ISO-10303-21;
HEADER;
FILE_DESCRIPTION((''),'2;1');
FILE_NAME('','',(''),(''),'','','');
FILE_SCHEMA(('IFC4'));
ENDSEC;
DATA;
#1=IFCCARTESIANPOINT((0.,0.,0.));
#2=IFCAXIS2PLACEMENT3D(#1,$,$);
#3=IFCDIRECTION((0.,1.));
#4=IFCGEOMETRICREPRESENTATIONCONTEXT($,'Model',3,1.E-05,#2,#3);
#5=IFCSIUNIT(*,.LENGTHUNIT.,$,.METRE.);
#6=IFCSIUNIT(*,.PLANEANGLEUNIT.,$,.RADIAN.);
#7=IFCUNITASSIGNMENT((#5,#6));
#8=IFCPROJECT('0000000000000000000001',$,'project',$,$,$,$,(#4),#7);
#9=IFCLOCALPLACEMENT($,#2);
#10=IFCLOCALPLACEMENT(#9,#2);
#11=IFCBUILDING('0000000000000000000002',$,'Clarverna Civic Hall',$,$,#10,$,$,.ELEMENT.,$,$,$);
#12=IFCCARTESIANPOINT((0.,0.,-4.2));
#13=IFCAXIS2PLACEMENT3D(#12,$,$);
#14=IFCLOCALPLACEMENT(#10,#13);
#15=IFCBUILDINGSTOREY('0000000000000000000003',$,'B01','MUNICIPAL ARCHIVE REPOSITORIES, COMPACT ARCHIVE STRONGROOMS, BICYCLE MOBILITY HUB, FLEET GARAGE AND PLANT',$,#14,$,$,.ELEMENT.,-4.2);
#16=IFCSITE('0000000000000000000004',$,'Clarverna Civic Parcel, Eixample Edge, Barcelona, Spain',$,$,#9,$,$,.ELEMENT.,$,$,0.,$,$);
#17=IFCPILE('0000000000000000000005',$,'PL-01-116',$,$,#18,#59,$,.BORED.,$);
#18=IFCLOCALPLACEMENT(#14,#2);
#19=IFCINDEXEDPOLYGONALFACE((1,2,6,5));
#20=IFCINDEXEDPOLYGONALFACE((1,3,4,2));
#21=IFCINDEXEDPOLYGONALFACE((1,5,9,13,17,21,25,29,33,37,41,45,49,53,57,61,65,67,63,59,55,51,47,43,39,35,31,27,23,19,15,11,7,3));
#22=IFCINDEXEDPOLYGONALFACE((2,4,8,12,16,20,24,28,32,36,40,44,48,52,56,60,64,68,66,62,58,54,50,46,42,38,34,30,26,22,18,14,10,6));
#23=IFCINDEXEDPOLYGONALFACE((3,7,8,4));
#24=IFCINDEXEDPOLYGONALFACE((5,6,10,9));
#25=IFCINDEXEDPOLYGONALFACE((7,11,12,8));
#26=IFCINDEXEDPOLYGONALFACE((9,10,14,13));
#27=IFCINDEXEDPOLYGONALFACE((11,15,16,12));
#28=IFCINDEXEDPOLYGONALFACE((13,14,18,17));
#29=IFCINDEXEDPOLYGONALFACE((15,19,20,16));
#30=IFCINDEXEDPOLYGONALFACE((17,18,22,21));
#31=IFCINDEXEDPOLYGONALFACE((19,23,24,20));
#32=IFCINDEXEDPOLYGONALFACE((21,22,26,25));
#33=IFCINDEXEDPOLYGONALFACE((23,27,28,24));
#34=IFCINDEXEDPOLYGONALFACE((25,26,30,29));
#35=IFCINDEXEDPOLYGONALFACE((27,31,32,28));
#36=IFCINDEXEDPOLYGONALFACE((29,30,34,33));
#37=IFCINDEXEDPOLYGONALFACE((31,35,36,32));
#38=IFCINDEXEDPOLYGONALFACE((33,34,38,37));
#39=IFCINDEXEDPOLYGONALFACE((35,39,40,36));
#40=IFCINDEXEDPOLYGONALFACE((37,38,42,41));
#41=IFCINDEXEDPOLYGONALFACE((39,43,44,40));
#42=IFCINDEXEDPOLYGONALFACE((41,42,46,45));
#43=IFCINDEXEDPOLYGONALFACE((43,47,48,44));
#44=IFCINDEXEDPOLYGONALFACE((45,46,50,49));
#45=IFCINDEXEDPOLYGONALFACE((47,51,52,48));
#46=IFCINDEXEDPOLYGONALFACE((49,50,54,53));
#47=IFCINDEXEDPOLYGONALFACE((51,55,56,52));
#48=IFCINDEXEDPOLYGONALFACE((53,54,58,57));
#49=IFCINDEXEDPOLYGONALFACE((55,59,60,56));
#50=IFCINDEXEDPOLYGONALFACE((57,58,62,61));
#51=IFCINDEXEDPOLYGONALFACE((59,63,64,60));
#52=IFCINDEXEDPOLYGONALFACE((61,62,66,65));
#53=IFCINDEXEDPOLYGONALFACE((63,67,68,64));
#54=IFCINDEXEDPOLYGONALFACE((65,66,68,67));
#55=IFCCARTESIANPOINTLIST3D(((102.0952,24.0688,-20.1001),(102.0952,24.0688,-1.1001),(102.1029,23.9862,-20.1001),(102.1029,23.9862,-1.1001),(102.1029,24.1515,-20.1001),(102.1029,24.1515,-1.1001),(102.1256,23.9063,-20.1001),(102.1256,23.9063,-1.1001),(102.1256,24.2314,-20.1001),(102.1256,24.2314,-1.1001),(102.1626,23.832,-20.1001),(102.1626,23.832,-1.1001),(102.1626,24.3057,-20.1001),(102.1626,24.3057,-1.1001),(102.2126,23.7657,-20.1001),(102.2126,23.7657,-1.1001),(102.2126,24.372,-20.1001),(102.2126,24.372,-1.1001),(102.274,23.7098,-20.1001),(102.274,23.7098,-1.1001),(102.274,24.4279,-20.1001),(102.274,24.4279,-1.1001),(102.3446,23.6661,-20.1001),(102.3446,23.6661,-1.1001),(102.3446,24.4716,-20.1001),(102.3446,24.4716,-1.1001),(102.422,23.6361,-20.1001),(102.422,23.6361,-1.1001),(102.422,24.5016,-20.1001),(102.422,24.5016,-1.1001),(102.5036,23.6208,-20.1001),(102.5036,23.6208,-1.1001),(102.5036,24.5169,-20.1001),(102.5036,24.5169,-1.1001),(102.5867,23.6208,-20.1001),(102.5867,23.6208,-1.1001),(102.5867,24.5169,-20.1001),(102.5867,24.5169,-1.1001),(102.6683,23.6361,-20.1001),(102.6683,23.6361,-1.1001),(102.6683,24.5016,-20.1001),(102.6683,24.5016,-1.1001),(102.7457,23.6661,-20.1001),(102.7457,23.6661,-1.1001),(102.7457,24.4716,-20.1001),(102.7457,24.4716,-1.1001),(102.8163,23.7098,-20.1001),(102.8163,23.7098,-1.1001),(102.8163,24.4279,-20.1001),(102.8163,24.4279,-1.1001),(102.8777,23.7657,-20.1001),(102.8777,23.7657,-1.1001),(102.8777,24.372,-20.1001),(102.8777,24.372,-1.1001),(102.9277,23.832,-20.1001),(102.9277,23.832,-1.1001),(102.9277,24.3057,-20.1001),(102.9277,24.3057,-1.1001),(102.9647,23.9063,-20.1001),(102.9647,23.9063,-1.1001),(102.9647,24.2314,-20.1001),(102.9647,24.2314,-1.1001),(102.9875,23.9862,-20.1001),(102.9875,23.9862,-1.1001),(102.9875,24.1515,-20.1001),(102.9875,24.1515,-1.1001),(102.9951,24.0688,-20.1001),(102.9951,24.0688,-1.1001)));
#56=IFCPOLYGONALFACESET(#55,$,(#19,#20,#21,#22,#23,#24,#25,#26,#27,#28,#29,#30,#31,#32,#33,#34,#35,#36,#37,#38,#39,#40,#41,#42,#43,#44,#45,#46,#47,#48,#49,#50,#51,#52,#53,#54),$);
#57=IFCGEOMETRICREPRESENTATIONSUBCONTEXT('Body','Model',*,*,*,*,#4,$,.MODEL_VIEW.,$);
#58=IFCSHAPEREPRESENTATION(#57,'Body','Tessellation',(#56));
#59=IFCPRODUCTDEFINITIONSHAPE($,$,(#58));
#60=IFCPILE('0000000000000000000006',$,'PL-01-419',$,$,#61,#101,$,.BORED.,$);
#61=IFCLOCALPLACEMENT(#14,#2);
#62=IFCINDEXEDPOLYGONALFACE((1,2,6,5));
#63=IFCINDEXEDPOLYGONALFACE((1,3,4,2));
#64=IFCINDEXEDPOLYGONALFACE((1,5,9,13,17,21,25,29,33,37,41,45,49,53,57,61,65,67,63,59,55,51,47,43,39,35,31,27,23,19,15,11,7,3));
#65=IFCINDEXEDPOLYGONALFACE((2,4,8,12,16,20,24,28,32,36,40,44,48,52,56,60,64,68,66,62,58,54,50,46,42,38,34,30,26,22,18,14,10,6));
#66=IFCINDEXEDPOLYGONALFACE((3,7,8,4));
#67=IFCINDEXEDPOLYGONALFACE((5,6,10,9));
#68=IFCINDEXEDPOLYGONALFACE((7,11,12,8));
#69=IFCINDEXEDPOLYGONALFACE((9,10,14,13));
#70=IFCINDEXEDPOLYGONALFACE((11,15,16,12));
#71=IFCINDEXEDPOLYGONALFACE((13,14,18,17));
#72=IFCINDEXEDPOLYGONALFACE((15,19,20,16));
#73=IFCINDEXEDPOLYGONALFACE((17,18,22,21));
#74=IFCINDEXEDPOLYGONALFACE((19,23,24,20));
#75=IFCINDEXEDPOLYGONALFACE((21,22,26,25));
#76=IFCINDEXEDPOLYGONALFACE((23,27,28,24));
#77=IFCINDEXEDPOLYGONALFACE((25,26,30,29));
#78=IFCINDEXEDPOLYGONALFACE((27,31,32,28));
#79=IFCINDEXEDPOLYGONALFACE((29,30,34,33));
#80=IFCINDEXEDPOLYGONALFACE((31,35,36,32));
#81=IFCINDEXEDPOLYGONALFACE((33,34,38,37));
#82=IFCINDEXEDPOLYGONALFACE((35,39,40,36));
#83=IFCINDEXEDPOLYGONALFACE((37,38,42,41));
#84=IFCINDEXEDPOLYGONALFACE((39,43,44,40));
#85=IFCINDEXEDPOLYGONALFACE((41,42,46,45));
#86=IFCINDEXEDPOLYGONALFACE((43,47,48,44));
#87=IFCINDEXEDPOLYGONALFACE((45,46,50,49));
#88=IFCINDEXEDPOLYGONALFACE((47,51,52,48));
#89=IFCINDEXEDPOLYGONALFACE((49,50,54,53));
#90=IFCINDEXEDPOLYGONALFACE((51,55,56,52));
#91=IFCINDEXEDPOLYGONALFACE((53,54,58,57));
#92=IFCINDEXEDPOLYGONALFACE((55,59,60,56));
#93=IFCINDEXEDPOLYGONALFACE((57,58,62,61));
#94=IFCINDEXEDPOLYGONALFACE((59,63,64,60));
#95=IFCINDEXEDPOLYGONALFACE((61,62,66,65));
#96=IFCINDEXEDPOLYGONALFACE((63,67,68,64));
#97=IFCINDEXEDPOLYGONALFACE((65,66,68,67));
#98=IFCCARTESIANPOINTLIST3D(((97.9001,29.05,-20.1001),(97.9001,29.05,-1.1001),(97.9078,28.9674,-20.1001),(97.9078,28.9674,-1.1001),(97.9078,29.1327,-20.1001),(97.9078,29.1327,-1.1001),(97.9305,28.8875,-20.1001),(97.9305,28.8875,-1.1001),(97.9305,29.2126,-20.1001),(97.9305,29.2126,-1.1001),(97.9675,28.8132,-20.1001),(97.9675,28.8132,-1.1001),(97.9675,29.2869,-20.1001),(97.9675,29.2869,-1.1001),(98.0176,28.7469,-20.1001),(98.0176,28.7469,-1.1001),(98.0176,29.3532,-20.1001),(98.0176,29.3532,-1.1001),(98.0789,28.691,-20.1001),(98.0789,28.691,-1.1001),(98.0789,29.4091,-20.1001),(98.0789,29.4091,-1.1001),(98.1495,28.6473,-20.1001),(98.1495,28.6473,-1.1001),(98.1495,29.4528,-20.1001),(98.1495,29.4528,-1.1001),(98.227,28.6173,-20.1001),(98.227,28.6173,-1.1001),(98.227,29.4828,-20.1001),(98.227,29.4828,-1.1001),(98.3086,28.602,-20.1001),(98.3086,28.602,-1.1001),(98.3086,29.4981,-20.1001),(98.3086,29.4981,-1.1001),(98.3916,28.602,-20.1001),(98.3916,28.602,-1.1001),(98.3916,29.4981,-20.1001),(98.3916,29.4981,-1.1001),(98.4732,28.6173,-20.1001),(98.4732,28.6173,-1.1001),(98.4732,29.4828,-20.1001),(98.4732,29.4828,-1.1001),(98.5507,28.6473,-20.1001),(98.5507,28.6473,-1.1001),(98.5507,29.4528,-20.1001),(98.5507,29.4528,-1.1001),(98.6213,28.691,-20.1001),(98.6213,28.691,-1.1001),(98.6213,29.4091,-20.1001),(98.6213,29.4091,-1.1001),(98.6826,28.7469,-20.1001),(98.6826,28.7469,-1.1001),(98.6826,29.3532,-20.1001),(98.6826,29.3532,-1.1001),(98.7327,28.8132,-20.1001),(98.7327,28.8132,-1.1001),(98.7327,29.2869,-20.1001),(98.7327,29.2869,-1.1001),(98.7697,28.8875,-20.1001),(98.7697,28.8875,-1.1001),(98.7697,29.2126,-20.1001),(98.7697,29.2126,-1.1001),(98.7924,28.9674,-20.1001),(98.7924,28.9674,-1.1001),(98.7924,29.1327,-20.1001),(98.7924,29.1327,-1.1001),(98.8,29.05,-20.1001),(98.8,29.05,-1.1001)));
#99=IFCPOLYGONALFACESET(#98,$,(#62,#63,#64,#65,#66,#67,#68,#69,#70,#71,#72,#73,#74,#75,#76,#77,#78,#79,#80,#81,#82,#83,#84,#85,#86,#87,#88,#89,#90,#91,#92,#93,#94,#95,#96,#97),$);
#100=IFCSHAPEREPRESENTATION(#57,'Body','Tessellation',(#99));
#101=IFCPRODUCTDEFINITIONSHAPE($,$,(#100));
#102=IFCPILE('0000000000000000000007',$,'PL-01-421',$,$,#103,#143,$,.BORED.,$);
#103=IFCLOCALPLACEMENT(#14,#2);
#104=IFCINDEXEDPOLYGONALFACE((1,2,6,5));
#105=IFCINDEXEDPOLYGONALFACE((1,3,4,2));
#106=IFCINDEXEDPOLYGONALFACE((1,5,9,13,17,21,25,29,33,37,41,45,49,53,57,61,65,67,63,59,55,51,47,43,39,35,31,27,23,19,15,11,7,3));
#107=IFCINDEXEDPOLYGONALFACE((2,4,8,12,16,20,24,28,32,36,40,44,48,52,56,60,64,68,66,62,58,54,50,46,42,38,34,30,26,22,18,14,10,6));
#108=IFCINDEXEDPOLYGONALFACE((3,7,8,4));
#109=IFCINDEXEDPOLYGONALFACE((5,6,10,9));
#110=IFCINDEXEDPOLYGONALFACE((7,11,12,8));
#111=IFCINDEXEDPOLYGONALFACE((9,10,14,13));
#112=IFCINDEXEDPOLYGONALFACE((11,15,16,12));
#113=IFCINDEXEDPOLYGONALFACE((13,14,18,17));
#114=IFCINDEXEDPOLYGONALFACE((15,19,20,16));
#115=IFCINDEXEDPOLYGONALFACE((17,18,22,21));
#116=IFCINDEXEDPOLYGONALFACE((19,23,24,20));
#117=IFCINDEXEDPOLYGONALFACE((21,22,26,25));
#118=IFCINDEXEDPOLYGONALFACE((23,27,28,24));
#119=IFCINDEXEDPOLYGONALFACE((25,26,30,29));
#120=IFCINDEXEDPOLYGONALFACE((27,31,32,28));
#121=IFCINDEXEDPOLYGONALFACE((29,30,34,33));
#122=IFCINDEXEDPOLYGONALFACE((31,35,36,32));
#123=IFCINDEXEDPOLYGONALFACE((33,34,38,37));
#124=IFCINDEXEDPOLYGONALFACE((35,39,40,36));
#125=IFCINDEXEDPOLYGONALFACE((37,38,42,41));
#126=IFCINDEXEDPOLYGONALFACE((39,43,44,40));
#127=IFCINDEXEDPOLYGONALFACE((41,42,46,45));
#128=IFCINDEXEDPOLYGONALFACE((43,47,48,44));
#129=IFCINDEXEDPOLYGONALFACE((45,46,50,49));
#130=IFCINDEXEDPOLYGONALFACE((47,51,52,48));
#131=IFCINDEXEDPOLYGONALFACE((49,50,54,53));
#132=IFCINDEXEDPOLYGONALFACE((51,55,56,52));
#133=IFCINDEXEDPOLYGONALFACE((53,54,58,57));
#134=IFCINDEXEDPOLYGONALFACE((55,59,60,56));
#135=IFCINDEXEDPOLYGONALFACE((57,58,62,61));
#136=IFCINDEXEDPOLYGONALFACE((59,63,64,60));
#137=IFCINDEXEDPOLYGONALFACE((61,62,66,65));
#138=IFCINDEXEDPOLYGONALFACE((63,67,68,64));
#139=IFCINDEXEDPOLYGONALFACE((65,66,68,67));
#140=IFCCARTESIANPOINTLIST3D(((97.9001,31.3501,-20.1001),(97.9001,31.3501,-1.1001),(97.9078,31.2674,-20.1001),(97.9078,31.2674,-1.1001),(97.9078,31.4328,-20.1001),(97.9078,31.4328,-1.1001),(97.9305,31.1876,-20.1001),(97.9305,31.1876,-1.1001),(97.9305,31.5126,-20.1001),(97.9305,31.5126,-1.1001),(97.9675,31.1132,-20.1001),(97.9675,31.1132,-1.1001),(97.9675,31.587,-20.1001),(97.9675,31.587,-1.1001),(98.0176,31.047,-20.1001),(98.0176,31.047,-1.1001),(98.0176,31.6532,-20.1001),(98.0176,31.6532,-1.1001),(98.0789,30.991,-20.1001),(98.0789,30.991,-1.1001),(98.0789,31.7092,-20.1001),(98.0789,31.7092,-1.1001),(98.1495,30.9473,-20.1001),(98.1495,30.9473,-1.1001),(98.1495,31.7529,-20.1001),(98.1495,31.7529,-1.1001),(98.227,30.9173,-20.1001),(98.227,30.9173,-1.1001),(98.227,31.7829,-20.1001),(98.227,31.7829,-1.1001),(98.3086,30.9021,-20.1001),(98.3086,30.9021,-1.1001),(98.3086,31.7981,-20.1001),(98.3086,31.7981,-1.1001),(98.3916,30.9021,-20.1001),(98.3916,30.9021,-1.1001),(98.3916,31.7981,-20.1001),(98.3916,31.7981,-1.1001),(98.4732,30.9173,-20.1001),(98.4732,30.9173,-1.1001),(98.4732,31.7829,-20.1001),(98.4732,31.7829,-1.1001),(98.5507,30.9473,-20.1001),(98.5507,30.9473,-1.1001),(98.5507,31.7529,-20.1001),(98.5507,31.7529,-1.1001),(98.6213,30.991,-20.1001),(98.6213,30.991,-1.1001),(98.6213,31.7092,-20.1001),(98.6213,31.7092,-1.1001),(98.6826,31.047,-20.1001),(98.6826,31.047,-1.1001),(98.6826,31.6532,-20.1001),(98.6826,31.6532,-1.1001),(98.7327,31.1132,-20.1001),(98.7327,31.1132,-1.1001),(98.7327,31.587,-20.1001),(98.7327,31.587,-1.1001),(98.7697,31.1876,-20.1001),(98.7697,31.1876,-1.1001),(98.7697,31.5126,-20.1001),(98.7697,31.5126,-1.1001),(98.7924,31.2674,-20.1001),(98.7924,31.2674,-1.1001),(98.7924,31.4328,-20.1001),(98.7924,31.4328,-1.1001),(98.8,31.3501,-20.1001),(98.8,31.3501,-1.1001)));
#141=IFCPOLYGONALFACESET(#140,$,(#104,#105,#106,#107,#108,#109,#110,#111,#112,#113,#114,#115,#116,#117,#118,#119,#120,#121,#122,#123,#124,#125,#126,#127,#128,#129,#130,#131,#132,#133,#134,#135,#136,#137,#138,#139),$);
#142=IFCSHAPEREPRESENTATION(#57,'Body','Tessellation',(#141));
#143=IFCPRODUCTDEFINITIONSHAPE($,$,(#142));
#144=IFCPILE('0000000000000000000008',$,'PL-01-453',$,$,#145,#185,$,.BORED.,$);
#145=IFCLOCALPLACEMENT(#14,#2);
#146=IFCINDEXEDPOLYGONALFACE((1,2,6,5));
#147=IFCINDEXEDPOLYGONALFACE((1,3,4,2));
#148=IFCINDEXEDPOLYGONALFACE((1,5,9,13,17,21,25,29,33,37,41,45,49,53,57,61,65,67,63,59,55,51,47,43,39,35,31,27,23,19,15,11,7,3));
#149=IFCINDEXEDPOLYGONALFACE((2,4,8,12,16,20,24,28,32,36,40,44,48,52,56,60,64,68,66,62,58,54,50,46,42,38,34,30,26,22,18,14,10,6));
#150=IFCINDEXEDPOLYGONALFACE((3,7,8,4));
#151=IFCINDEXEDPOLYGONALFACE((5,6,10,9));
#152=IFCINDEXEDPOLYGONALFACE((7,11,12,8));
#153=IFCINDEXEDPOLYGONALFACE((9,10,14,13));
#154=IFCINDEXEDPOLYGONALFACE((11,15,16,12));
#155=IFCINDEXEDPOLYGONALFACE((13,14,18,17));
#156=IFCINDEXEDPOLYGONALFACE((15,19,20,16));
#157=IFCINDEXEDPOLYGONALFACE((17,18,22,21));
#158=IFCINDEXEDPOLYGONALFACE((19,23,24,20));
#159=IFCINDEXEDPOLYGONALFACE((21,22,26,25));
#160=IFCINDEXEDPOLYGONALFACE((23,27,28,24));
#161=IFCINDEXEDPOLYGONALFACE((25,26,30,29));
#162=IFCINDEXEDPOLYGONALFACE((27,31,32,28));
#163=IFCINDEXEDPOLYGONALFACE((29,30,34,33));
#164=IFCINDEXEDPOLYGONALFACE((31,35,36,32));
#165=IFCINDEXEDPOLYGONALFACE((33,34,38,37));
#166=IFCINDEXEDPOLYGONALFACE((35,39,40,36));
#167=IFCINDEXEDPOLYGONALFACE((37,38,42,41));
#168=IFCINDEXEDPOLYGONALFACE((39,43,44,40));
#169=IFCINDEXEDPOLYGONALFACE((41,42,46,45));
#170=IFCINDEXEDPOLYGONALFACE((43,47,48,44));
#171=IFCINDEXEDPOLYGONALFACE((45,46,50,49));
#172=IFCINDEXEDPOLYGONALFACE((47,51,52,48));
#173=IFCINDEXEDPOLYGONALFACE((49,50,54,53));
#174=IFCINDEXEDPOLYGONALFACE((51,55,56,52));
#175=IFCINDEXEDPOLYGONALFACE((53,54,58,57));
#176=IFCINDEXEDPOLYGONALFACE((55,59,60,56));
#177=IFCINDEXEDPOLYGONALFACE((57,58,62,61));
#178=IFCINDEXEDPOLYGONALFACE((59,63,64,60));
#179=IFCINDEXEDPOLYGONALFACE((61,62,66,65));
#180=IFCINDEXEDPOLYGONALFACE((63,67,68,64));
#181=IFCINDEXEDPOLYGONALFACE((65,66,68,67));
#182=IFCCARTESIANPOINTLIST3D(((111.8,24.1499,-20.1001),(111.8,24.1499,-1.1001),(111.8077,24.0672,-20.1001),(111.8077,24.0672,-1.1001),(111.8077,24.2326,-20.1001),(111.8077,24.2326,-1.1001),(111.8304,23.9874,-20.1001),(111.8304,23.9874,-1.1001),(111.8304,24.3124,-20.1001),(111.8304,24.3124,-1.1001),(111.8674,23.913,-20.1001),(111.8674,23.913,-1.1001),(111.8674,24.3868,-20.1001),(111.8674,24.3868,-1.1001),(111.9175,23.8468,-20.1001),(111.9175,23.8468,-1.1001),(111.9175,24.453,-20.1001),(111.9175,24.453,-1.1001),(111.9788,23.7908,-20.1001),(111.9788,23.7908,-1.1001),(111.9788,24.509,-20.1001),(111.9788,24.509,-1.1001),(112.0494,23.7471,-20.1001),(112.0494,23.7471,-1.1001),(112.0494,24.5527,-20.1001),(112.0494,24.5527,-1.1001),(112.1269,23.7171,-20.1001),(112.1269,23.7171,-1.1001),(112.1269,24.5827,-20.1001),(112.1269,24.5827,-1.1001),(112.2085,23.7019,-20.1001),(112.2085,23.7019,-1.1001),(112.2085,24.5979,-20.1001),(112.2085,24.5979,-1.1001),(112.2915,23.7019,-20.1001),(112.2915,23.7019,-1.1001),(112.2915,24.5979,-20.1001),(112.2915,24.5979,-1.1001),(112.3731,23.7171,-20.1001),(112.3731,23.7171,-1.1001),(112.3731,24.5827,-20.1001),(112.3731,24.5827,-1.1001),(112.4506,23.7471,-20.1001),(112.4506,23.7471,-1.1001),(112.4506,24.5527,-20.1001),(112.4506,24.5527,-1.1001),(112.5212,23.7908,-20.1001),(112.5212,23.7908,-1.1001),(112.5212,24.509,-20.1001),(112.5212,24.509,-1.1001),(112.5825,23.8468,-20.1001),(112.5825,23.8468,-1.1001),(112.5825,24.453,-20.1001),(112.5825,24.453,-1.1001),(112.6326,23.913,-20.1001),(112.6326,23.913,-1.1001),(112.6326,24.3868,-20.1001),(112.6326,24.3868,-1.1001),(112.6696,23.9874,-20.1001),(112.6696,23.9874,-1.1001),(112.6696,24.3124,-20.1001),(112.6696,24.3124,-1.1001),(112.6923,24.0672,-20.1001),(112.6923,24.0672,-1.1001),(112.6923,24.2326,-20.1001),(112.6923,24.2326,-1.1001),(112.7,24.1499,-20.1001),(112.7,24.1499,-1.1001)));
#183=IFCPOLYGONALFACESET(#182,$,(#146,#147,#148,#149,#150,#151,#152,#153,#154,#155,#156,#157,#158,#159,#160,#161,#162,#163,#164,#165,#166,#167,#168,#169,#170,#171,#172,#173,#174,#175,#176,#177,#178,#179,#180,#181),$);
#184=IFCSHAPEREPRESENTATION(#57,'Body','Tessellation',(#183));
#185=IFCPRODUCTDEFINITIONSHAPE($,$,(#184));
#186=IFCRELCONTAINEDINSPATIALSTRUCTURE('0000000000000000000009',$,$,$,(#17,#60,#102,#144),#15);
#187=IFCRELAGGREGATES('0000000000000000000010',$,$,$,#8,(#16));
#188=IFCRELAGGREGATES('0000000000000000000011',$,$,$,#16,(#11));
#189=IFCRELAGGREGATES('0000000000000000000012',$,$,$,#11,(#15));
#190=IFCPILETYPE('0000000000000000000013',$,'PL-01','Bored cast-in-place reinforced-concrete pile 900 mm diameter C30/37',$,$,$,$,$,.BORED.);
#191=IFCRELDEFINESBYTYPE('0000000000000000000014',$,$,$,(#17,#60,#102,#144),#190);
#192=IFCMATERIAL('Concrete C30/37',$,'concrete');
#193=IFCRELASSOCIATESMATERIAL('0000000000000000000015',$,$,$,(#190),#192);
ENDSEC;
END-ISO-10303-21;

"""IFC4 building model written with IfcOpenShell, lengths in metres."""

from ifc_helpers import new_model, si_unit, direction, frame, origin, origin_2d, place, context, subcontext, project, spatial, circle, extrude, material, material_profile, profile_set, type_object, element, save


model = new_model("IFC4")

# Units and contexts
model_context = context("Model", 3, precision=1e-05, world=origin(), true_north=direction((0.0, 1.0)))
body_context = subcontext(model_context, "Body", "Model", "MODEL_VIEW")
ifc_project = project(units=[si_unit("LENGTHUNIT", "METRE"), si_unit("PLANEANGLEUNIT", "RADIAN")], contexts=[model_context])

# Site, building, storey
site_placement = place(None, origin())
site = spatial("IfcSite", under=ifc_project, at=site_placement, Name="Clarverna Civic Parcel, Eixample Edge, Barcelona, Spain", CompositionType="ELEMENT", RefElevation=0.0)
building_placement = place(site_placement, origin())
building = spatial("IfcBuilding", under=site, at=building_placement, Name="Clarverna Civic Hall", CompositionType="ELEMENT")
storey_placement = place(building_placement, frame((0.0, 0.0, -4.2)))
storey = spatial("IfcBuildingStorey", under=building, at=storey_placement, Name="B01", Description="MUNICIPAL ARCHIVE REPOSITORIES, COMPACT ARCHIVE STRONGROOMS, BICYCLE MOBILITY HUB, FLEET GARAGE AND PLANT", CompositionType="ELEMENT", Elevation=-4.2)

# Shared definitions
ifc_material_1 = material(Name="Concrete C30/37", Category="concrete")

# Piles
ifc_material_profile_1 = material_profile(ifc_material_1, circle(Radius=0.45, at=origin_2d()), Name="BORED PILE D900")
ifc_profile_set_1 = profile_set([ifc_material_profile_1], Name="Concrete C30/37")
pile_type = type_object("IfcPileType", Name="PL-01", Description="Bored cast-in-place reinforced-concrete pile 900 mm diameter C30/37", PredefinedType="BORED", material=ifc_profile_set_1)
for number, where, z_axis, x_axis, name in (
    (1, (102.5452, 24.0688, -1.1001), (0.0, 0.0, -1.0), (1.0, 0.0, 0.0), "PL-01-116"),
    (2, (98.3501, 29.05, -1.1001), (0.0, 0.0, -1.0), (1.0, 0.0, 0.0), "PL-01-419"),
    (3, (98.3501, 31.3501, -1.1001), (0.0, 0.0, -1.0), (1.0, 0.0, 0.0), "PL-01-421"),
    (4, (112.25, 24.1499, -1.1001), (0.0, 0.0, -1.0), (1.0, 0.0, 0.0), "PL-01-453"),
):
    element("IfcPile", number, at=place(storey_placement, frame(where, z_axis=z_axis, x_axis=x_axis)), inside=storey, type_object=pile_type, Name=name, PredefinedType="BORED", context=body_context, shape_type="SweptSolid", body=[
        extrude(circle(Radius=0.45, at=origin_2d()), origin(), (0.0, 0.0, 1.0), 19.0),
    ])

save(model, "model.ifc")
